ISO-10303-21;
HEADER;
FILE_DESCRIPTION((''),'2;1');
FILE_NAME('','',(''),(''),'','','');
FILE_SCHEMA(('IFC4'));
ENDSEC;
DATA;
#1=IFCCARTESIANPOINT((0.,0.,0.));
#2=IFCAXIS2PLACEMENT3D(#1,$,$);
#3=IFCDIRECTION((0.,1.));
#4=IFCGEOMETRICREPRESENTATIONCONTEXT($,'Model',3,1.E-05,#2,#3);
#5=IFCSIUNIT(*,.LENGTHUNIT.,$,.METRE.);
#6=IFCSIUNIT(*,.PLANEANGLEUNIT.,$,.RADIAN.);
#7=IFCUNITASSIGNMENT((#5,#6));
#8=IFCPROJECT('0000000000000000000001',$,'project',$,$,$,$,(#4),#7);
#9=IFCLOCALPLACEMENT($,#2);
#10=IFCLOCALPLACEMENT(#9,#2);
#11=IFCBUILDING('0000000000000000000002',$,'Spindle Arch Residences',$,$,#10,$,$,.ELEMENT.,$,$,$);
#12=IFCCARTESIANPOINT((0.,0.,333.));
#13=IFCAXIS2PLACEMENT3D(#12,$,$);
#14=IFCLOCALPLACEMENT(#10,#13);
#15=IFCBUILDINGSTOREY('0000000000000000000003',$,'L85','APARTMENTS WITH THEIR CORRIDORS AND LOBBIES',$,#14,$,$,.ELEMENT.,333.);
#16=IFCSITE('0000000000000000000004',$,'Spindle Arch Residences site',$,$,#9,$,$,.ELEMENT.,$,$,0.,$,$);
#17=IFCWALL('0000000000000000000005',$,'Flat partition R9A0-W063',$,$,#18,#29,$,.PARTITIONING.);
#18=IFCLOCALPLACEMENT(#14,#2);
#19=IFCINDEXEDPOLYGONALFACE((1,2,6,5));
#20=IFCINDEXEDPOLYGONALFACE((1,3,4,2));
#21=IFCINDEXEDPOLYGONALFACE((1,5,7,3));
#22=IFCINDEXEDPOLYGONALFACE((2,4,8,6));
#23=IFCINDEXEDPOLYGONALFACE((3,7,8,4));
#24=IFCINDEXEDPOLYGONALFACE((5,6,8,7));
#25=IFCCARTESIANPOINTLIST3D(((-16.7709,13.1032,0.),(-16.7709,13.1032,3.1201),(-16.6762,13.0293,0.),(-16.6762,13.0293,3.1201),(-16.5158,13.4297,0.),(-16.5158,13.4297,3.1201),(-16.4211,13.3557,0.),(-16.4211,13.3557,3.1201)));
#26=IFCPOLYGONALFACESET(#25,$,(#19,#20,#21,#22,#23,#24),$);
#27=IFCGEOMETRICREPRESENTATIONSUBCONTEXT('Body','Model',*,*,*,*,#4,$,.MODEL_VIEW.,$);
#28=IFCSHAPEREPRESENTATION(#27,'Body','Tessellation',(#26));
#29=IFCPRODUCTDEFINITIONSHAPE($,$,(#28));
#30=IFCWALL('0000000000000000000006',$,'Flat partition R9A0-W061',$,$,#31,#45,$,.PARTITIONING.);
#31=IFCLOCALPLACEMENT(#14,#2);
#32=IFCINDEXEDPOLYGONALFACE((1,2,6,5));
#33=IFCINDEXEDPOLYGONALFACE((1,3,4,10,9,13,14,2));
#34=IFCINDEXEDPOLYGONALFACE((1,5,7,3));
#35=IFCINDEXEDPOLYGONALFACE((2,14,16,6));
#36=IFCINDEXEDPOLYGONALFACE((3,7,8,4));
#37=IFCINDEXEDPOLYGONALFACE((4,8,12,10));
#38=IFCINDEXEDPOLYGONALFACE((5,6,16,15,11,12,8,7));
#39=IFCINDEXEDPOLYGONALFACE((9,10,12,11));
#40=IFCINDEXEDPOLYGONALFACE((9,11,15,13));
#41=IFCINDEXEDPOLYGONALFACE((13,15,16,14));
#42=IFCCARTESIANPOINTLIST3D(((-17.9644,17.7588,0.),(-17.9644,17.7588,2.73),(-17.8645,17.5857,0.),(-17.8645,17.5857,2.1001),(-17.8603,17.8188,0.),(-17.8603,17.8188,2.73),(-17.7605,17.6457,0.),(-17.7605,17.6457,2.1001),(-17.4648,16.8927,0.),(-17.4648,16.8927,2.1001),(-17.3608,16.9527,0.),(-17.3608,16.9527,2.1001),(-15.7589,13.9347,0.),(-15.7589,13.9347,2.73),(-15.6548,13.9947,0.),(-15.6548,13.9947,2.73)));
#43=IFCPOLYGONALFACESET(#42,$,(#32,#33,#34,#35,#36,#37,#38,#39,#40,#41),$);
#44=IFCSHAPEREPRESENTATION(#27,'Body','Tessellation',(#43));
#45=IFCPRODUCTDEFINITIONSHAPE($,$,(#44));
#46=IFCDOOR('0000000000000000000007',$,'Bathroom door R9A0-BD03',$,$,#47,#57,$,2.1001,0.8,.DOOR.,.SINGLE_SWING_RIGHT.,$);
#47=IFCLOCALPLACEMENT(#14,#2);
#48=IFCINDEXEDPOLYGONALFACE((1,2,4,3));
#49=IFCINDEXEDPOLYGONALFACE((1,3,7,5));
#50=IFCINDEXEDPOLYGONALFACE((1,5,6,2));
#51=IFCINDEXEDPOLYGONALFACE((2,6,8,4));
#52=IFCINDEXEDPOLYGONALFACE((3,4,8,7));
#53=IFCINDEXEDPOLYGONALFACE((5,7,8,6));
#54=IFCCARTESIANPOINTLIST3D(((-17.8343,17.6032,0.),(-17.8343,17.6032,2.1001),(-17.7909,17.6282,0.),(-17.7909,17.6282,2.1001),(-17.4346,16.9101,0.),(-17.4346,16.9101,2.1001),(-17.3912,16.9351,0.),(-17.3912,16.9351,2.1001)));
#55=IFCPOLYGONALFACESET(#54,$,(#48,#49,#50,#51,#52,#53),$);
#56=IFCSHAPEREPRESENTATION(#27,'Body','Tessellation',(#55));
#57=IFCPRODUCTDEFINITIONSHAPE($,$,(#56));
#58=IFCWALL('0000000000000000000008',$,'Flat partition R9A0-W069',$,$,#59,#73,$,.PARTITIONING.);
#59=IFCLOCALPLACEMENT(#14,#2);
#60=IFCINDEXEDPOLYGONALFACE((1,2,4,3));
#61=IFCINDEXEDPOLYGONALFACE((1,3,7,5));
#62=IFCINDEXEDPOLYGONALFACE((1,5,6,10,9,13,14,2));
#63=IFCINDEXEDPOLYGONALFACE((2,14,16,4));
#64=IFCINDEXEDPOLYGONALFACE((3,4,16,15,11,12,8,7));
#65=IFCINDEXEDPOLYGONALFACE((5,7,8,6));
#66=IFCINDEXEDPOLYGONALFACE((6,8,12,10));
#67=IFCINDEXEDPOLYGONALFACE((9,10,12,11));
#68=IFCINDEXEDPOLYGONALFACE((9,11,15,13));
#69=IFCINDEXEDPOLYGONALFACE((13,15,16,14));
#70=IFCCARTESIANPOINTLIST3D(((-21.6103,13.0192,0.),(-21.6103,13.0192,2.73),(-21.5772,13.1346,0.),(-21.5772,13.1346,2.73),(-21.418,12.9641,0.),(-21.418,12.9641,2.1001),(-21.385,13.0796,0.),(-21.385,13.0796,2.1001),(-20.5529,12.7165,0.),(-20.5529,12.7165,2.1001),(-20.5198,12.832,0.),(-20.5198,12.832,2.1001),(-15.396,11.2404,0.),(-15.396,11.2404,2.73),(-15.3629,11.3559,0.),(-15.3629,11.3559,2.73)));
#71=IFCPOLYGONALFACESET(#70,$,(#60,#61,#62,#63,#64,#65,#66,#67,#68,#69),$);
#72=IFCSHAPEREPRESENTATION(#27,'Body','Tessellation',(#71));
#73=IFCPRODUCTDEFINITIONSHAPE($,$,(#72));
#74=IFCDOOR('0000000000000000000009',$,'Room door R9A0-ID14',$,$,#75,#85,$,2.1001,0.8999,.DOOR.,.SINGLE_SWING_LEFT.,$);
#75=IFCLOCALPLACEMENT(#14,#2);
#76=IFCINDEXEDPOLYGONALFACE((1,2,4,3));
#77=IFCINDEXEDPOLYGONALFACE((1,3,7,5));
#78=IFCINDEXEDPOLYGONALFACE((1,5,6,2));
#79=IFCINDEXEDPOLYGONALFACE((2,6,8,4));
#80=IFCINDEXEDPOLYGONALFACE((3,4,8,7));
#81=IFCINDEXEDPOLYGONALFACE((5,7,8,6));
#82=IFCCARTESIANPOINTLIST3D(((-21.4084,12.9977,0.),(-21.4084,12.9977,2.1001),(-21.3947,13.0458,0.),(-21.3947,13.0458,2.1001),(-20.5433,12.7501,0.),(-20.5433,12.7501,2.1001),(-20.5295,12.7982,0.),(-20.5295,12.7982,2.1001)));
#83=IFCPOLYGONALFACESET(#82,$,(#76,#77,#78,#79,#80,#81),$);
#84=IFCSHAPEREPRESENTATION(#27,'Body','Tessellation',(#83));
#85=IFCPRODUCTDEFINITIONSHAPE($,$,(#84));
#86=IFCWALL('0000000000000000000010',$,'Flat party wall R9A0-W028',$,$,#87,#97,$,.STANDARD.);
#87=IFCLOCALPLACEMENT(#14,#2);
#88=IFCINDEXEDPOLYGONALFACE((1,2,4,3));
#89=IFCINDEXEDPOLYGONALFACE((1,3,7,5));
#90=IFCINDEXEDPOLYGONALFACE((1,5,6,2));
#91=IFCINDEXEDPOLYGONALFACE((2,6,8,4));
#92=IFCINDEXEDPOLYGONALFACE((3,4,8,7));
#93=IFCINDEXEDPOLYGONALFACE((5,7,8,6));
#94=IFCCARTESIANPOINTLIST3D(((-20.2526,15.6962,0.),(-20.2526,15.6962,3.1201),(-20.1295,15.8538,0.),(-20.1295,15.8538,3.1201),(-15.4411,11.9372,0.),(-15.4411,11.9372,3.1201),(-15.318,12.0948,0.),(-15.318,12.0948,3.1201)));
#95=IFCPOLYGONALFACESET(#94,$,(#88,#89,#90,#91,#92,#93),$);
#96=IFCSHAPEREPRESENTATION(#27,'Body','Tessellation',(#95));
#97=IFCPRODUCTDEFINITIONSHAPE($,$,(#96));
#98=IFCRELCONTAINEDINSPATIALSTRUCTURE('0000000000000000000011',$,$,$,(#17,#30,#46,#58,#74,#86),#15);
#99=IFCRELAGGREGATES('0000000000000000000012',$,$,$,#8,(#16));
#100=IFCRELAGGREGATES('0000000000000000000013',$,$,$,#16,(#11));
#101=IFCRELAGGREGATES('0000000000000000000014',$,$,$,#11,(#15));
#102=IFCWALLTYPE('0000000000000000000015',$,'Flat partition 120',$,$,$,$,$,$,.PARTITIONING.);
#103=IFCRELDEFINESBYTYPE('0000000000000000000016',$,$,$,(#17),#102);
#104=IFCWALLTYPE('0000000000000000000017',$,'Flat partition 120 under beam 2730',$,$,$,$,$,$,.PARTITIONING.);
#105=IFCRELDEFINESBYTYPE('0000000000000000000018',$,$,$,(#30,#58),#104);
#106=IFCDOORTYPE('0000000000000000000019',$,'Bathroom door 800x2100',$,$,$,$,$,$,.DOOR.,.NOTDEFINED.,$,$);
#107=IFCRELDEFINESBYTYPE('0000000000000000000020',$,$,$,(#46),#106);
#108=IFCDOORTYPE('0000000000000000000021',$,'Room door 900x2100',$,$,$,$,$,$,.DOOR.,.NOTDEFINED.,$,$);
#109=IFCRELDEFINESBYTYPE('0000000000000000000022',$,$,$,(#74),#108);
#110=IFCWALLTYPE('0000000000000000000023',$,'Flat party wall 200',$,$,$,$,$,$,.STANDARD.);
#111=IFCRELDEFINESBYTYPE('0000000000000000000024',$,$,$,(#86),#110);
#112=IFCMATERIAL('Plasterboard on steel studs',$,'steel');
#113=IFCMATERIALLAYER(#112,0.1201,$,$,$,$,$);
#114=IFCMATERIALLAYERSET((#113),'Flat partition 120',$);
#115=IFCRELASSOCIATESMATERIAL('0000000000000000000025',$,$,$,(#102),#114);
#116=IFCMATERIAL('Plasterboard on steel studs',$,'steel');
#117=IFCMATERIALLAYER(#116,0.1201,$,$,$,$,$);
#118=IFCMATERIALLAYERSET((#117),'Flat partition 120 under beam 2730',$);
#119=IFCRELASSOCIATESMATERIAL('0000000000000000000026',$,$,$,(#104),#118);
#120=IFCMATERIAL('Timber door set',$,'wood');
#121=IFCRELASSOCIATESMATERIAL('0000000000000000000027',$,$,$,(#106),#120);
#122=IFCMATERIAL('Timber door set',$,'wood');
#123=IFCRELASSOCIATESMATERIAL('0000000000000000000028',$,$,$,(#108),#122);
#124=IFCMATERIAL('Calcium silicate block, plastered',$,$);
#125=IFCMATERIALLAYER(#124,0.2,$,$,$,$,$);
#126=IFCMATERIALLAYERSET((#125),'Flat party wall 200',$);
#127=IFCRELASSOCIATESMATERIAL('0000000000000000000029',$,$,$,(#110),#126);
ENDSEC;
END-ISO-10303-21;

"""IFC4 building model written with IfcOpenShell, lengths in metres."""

from ifc_helpers import new_model, si_unit, direction, frame, frame_2d, origin, place, context, subcontext, project, spatial, rectangle, extrude, material, layer, layer_set, type_object, element, fill, save


model = new_model("IFC4")

# Units and contexts
model_context = context("Model", 3, precision=1e-05, world=origin(), true_north=direction((0.0, 1.0)))
body_context = subcontext(model_context, "Body", "Model", "MODEL_VIEW")
ifc_project = project(units=[si_unit("LENGTHUNIT", "METRE"), si_unit("PLANEANGLEUNIT", "RADIAN")], contexts=[model_context])

# Site, building, storey
site_placement = place(None, origin())
site = spatial("IfcSite", under=ifc_project, at=site_placement, Name="Spindle Arch Residences site", CompositionType="ELEMENT", RefElevation=0.0)
building_placement = place(site_placement, origin())
building = spatial("IfcBuilding", under=site, at=building_placement, Name="Spindle Arch Residences", CompositionType="ELEMENT")
storey_placement = place(building_placement, frame((0.0, 0.0, 333.0)))
storey = spatial("IfcBuildingStorey", under=building, at=storey_placement, Name="L85", Description="APARTMENTS WITH THEIR CORRIDORS AND LOBBIES", CompositionType="ELEMENT", Elevation=333.0)

# Wall
ifc_material_1 = material(Name="Plasterboard on steel studs", Category="steel")
ifc_layer_1 = layer(ifc_material_1, 0.1201)
ifc_layer_set_1 = layer_set([ifc_layer_1], Name="Flat partition 120")
wall_type_1 = type_object("IfcWallType", Name="Flat partition 120", PredefinedType="PARTITIONING", material=ifc_layer_set_1)
wall_1_placement = place(storey_placement, frame((-16.4685, 13.3926, 0.0), z_axis=(0.0, 0.0, 1.0), x_axis=(-0.615816, -0.78789, 0.0)))
element("IfcWall", 1, at=wall_1_placement, inside=storey, type_object=wall_type_1, Name="Flat partition R9A0-W063", PredefinedType="PARTITIONING", context=body_context, shape_type="SweptSolid", body=[
    extrude(rectangle(XDim=0.4143, YDim=0.1201, at=frame_2d((0.207, 0.0))), origin(), (0.0, 0.0, 1.0), 3.1201),
])

# Walls, openings, doors
ifc_material_2 = material(Name="Plasterboard on steel studs", Category="steel")
ifc_layer_2 = layer(ifc_material_2, 0.1201)
ifc_layer_set_2 = layer_set([ifc_layer_2], Name="Flat partition 120 under beam 2730")
wall_type_2 = type_object("IfcWallType", Name="Flat partition 120 under beam 2730", PredefinedType="PARTITIONING", material=ifc_layer_set_2)
wall_2_placement = place(storey_placement, frame((-17.9124, 17.7888, 0.0), z_axis=(0.0, 0.0, 1.0), x_axis=(0.499601, -0.866256, 0.0)))
wall_2 = element("IfcWall", 2, at=wall_2_placement, inside=storey, type_object=wall_type_2, Name="Flat partition R9A0-W061", PredefinedType="PARTITIONING", context=body_context, shape_type="SweptSolid", body=[
    extrude(rectangle(XDim=4.4146, YDim=0.1201, at=frame_2d((2.2073, 0.0))), origin(), (0.0, 0.0, 1.0), 2.73),
])
opening_1_placement = place(wall_2_placement, frame((0.2, 0.0, 0.0)))
opening_1 = element("IfcOpeningElement", 3, at=opening_1_placement, cuts=wall_2, PredefinedType="OPENING", context=body_context, shape_type="SweptSolid", body=[
    extrude(rectangle(XDim=0.8, YDim=2.1001, at=frame_2d((0.3999, 1.05))), frame((0.0, 0.0701, 0.0), z_axis=(0.0, -1.0, 0.0), x_axis=(1.0, 0.0, 0.0)), (0.0, 0.0, 1.0), 0.1401),
])
ifc_material_3 = material(Name="Timber door set", Category="wood")
door_type_1 = type_object("IfcDoorType", Name="Bathroom door 800x2100", OperationType="NOTDEFINED", PredefinedType="DOOR", material=ifc_material_3)
door_1_placement = place(opening_1_placement, origin())
door_1 = element("IfcDoor", 4, at=door_1_placement, inside=storey, type_object=door_type_1, Name="Bathroom door R9A0-BD03", OperationType="SINGLE_SWING_RIGHT", OverallHeight=2.1001, OverallWidth=0.8, PredefinedType="DOOR", context=body_context, shape_type="SweptSolid", body=[
    extrude(rectangle(XDim=0.8, YDim=2.1001, at=frame_2d((0.3999, 1.05))), frame((0.0, 0.0249, 0.0), z_axis=(0.0, -1.0, 0.0), x_axis=(1.0, 0.0, 0.0)), (0.0, 0.0, 1.0), 0.05),
])
fill(opening_1, door_1)
wall_3_placement = place(storey_placement, frame((-21.5938, 13.0769, 0.0), z_axis=(0.0, 0.0, 1.0), x_axis=(0.96139, -0.27519, 0.0)))
wall_3 = element("IfcWall", 5, at=wall_3_placement, inside=storey, type_object=wall_type_2, Name="Flat partition R9A0-W069", PredefinedType="PARTITIONING", context=body_context, shape_type="SweptSolid", body=[
    extrude(rectangle(XDim=6.4639, YDim=0.1201, at=frame_2d((3.2319, 0.0))), origin(), (0.0, 0.0, 1.0), 2.73),
])
opening_2_placement = place(wall_3_placement, frame((0.2, 0.0, 0.0)))
opening_2 = element("IfcOpeningElement", 6, at=opening_2_placement, cuts=wall_3, PredefinedType="OPENING", context=body_context, shape_type="SweptSolid", body=[
    extrude(rectangle(XDim=0.8999, YDim=2.1001, at=frame_2d((0.45, 1.05))), frame((0.0, 0.0701, 0.0), z_axis=(0.0, -1.0, 0.0), x_axis=(1.0, 0.0, 0.0)), (0.0, 0.0, 1.0), 0.1401),
])
ifc_material_4 = material(Name="Timber door set", Category="wood")
door_type_2 = type_object("IfcDoorType", Name="Room door 900x2100", OperationType="NOTDEFINED", PredefinedType="DOOR", material=ifc_material_4)
door_2_placement = place(opening_2_placement, origin())
door_2 = element("IfcDoor", 7, at=door_2_placement, inside=storey, type_object=door_type_2, Name="Room door R9A0-ID14", OperationType="SINGLE_SWING_LEFT", OverallHeight=2.1001, OverallWidth=0.8999, PredefinedType="DOOR", context=body_context, shape_type="SweptSolid", body=[
    extrude(rectangle(XDim=0.8999, YDim=2.1001, at=frame_2d((0.45, 1.05))), frame((0.0, 0.0249, 0.0), z_axis=(0.0, -1.0, 0.0), x_axis=(1.0, 0.0, 0.0)), (0.0, 0.0, 1.0), 0.05),
])
fill(opening_2, door_2)

# Wall
ifc_material_5 = material(Name="Calcium silicate block, plastered")
ifc_layer_3 = layer(ifc_material_5, 0.2)
ifc_layer_set_3 = layer_set([ifc_layer_3], Name="Flat party wall 200")
wall_type_3 = type_object("IfcWallType", Name="Flat party wall 200", PredefinedType="STANDARD", material=ifc_layer_set_3)
wall_4_placement = place(storey_placement, frame((-20.1909, 15.7749, 0.0), z_axis=(0.0, 0.0, 1.0), x_axis=(0.788022, -0.615647, 0.0)))
element("IfcWall", 8, at=wall_4_placement, inside=storey, type_object=wall_type_3, Name="Flat party wall R9A0-W028", PredefinedType="STANDARD", context=body_context, shape_type="SweptSolid", body=[
    extrude(rectangle(XDim=6.1057, YDim=0.2, at=frame_2d((3.0527, 0.0))), origin(), (0.0, 0.0, 1.0), 3.1201),
])

save(model, "model.ifc")
